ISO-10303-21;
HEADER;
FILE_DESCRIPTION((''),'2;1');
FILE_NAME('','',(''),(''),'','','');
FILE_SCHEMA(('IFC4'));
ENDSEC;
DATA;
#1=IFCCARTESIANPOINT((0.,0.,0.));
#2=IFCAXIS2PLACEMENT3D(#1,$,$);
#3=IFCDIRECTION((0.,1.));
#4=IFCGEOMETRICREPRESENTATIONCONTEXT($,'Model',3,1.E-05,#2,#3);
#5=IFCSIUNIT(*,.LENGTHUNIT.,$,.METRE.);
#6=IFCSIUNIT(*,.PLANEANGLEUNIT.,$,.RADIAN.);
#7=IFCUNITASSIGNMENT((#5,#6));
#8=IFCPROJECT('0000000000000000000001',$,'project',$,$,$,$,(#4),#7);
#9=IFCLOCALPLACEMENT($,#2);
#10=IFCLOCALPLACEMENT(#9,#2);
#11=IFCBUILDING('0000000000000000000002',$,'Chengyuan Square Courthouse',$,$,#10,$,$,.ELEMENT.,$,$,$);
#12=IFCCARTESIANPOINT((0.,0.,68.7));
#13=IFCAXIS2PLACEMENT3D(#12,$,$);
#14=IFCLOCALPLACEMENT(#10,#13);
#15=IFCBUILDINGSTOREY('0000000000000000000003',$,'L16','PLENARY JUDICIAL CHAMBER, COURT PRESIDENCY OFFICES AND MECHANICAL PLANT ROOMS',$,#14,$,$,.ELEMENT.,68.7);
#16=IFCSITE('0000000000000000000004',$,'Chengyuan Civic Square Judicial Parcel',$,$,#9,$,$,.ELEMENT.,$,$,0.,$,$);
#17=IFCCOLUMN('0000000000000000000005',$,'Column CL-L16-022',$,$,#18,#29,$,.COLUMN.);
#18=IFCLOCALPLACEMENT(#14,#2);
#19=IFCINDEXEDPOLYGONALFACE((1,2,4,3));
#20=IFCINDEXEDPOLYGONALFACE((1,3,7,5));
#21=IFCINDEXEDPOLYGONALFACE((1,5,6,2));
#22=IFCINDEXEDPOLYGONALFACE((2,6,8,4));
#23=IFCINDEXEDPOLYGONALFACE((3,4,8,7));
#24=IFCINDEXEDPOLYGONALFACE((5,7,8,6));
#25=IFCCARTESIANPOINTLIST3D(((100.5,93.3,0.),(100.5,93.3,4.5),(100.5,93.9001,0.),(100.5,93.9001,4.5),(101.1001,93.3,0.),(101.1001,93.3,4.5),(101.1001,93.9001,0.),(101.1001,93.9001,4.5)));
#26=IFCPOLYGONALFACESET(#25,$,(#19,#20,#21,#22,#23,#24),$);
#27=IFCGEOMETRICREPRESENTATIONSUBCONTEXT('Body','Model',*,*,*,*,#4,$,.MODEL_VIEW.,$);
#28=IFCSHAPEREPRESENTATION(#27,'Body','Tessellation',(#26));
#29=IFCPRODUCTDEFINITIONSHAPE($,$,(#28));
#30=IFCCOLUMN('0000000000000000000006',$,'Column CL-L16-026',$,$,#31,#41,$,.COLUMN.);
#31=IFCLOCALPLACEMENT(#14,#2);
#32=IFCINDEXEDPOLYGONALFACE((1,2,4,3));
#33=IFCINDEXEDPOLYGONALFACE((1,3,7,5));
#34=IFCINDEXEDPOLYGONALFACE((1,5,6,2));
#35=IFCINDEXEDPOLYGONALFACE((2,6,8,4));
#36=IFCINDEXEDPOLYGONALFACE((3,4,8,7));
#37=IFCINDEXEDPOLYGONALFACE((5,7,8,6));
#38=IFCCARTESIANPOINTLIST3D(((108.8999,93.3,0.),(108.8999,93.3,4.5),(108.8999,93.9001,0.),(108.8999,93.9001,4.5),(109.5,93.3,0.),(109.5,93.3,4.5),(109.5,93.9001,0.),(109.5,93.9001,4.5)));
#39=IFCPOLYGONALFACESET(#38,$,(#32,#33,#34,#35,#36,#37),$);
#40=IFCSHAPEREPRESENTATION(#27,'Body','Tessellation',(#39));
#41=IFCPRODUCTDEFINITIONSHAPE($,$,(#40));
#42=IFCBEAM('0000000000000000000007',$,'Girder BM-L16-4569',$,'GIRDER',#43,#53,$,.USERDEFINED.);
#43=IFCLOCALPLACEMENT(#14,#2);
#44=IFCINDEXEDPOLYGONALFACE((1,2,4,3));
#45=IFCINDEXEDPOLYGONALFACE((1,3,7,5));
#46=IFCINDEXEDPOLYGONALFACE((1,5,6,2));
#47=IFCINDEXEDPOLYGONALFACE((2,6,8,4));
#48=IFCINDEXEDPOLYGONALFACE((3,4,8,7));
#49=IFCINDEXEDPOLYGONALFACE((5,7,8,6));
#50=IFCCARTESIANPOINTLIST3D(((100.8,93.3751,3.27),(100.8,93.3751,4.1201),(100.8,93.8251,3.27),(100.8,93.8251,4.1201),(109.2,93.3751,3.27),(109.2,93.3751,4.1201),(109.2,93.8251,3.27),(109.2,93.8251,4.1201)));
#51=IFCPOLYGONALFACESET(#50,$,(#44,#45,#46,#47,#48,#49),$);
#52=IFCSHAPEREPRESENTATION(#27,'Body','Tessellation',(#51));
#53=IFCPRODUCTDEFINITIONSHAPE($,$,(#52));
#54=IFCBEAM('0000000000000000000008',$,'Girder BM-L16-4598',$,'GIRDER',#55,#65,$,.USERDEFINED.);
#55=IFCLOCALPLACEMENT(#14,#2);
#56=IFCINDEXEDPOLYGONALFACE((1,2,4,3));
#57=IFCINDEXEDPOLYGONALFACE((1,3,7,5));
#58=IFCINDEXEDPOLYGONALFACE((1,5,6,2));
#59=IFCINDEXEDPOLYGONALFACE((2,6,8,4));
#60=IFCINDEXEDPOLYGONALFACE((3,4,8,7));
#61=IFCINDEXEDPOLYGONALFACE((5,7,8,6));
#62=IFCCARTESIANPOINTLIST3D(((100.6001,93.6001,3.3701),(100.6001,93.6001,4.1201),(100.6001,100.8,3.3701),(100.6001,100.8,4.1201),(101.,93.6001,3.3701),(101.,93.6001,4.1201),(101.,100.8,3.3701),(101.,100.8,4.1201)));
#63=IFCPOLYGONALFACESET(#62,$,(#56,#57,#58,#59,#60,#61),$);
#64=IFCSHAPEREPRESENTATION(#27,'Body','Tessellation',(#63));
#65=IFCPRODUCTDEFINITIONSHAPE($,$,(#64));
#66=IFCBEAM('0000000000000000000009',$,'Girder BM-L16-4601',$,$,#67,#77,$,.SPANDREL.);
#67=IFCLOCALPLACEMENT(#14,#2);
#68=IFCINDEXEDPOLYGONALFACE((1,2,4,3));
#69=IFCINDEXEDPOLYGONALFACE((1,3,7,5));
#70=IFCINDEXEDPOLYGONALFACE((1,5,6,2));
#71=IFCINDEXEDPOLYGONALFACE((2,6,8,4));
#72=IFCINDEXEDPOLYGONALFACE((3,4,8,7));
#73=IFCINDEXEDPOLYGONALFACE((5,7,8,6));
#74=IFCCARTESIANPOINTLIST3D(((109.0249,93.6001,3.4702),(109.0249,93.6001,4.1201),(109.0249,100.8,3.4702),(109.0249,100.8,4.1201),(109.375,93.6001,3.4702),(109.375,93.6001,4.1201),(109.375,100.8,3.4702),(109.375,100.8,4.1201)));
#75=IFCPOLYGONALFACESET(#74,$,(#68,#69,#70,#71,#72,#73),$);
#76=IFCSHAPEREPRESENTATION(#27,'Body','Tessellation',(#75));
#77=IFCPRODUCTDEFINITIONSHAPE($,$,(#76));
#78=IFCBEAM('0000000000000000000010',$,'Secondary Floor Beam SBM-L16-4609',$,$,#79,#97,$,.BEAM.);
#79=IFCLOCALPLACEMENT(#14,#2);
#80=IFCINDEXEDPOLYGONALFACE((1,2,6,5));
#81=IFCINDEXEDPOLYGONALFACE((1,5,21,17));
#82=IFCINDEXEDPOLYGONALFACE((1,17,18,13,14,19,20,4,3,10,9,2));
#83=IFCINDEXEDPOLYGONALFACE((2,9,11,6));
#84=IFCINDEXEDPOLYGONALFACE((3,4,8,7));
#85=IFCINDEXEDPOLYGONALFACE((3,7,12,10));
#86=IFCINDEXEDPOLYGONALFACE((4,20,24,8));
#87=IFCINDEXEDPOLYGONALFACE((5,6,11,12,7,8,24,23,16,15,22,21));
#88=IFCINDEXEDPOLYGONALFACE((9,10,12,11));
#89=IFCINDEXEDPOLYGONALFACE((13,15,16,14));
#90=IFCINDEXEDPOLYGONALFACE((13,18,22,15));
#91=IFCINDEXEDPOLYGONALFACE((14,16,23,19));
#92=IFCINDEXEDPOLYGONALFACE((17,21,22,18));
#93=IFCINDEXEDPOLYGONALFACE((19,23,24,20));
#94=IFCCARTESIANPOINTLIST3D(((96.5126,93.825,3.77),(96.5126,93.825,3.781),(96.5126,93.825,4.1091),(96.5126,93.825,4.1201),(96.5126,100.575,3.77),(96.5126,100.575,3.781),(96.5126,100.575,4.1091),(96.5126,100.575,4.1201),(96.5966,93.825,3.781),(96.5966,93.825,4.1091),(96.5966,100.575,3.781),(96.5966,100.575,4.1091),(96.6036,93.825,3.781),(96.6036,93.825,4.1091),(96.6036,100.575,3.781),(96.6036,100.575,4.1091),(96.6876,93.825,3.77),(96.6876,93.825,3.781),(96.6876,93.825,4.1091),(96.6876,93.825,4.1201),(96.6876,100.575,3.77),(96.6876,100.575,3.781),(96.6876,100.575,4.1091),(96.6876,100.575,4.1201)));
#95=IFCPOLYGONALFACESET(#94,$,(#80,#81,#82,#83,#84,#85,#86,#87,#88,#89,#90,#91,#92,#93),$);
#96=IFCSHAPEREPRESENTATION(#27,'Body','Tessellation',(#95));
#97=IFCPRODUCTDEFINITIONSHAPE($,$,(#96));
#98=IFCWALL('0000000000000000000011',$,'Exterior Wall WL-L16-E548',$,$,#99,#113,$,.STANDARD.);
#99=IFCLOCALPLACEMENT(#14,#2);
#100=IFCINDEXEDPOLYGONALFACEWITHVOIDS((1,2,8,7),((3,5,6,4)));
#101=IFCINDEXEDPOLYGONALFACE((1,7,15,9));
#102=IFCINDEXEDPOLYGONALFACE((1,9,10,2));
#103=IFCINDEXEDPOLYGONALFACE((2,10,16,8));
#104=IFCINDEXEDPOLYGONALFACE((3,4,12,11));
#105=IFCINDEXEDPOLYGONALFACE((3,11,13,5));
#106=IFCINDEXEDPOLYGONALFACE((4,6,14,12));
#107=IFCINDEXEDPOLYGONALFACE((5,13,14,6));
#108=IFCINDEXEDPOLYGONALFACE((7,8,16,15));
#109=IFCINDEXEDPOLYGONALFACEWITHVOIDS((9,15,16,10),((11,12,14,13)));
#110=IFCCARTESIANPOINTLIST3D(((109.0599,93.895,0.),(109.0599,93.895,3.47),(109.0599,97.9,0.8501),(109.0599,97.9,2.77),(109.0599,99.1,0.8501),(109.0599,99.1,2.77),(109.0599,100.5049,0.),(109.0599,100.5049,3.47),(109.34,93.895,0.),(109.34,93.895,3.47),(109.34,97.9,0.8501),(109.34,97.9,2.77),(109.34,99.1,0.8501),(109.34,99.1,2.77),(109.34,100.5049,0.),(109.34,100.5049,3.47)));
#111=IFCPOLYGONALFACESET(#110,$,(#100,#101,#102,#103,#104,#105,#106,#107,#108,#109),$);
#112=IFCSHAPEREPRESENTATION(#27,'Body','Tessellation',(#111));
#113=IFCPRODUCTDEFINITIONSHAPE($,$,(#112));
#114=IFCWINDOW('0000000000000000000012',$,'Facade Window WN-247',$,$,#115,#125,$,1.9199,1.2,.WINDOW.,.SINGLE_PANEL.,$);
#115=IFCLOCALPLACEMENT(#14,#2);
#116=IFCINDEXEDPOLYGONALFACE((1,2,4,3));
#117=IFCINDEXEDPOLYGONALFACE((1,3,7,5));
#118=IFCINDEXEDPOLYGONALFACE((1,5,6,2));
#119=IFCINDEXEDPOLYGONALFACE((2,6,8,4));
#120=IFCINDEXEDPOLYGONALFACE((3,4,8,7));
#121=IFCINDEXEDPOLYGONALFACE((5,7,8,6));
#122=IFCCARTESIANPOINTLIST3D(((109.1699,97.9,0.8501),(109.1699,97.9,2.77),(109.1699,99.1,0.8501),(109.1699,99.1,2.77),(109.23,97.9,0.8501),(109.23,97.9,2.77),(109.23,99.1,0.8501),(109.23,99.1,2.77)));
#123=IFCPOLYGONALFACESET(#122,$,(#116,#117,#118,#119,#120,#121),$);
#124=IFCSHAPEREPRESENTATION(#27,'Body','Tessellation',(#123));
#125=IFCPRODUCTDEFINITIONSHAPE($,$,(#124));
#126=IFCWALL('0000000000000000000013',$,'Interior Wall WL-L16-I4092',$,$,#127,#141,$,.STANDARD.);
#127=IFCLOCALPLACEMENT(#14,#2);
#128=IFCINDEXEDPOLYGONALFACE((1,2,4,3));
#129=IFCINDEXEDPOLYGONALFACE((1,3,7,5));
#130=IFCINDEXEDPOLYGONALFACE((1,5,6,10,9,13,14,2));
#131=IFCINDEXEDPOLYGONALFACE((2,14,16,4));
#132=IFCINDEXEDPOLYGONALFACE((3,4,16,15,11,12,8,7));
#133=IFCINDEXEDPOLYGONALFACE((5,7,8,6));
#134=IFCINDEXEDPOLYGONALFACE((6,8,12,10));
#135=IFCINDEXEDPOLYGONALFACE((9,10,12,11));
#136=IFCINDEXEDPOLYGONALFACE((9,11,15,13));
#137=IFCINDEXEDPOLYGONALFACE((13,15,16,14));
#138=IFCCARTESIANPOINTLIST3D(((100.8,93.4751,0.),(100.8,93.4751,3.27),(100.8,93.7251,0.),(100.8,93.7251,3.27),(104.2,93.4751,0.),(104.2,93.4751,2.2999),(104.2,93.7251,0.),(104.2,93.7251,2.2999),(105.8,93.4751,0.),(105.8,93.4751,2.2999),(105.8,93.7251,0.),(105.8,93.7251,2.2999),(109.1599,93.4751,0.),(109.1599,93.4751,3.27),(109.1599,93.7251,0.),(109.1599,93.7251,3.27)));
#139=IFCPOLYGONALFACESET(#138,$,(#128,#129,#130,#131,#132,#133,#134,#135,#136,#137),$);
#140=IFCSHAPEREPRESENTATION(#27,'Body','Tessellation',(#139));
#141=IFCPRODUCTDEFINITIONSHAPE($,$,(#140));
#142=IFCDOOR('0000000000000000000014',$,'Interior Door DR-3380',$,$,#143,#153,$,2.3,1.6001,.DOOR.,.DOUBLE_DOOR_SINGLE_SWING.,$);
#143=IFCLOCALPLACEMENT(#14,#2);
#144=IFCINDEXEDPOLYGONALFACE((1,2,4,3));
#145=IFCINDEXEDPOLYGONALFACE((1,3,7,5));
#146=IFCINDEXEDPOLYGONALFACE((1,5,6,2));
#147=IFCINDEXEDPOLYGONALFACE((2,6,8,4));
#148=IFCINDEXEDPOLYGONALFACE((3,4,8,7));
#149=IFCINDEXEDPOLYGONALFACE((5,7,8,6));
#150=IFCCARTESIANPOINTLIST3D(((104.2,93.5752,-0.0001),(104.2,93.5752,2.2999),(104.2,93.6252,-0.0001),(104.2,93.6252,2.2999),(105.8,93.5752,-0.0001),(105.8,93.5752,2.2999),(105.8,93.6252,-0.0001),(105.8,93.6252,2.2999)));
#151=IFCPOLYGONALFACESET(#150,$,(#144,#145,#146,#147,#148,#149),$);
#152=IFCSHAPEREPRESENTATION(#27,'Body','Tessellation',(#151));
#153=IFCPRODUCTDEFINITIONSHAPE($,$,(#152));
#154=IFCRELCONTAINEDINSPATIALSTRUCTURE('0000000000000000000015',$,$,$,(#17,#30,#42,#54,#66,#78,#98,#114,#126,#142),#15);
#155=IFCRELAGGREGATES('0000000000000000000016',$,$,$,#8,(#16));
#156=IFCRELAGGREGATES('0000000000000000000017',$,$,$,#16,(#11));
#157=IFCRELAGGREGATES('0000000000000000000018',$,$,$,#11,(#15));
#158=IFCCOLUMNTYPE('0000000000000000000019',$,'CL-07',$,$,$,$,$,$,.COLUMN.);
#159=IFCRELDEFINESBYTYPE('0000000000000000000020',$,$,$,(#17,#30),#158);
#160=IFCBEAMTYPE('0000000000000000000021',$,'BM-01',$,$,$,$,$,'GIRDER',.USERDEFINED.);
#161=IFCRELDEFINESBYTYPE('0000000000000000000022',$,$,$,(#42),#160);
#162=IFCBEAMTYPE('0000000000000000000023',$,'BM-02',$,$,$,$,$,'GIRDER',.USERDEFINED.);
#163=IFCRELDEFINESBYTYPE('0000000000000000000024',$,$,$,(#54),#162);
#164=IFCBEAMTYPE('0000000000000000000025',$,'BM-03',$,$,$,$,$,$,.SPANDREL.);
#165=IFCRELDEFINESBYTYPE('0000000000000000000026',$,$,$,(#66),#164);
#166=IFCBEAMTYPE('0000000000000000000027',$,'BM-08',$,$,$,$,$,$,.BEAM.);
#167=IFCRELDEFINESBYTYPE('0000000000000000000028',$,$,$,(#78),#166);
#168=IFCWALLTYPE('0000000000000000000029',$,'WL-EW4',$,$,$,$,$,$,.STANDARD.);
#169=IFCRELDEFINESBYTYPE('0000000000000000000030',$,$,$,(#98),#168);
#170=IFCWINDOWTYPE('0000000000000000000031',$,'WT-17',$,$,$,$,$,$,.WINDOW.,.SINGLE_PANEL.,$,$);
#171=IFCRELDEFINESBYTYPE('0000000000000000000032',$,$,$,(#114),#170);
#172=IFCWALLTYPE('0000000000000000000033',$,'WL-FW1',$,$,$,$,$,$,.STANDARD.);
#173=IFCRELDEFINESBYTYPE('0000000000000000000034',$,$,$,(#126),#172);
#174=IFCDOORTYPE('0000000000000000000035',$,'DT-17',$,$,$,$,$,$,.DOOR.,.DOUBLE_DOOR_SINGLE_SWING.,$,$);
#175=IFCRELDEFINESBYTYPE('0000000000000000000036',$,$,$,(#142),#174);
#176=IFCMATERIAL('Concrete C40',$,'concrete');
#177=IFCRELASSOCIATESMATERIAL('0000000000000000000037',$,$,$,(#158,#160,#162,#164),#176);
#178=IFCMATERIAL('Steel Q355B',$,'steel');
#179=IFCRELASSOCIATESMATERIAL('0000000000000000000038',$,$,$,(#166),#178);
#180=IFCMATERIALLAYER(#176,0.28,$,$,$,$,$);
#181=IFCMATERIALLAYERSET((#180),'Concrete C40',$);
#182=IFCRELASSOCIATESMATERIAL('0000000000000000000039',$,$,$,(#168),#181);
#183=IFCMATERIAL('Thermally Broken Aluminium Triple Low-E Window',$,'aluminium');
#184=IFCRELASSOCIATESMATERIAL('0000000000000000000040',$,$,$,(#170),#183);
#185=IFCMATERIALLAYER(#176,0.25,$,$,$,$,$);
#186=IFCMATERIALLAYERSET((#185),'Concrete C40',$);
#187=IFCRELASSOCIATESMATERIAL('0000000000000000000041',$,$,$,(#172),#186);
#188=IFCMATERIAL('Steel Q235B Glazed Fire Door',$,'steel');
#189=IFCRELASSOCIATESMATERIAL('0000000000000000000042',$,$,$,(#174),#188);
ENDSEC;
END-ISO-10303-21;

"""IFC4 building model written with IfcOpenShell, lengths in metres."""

from ifc_helpers import new_model, si_unit, direction, frame, frame_2d, origin, origin_2d, place, context, subcontext, project, spatial, rectangle, i_section, extrude, material, layer, layer_set, material_profile, profile_set, type_object, element, fill, save


model = new_model("IFC4")

# Units and contexts
model_context = context("Model", 3, precision=1e-05, world=origin(), true_north=direction((0.0, 1.0)))
body_context = subcontext(model_context, "Body", "Model", "MODEL_VIEW")
ifc_project = project(units=[si_unit("LENGTHUNIT", "METRE"), si_unit("PLANEANGLEUNIT", "RADIAN")], contexts=[model_context])

# Site, building, storey
site_placement = place(None, origin())
site = spatial("IfcSite", under=ifc_project, at=site_placement, Name="Chengyuan Civic Square Judicial Parcel", CompositionType="ELEMENT", RefElevation=0.0)
building_placement = place(site_placement, origin())
building = spatial("IfcBuilding", under=site, at=building_placement, Name="Chengyuan Square Courthouse", CompositionType="ELEMENT")
storey_placement = place(building_placement, frame((0.0, 0.0, 68.7)))
storey = spatial("IfcBuildingStorey", under=building, at=storey_placement, Name="L16", Description="PLENARY JUDICIAL CHAMBER, COURT PRESIDENCY OFFICES AND MECHANICAL PLANT ROOMS", CompositionType="ELEMENT", Elevation=68.7)

# Columns
ifc_material_1 = material(Name="Concrete C40", Category="concrete")
ifc_material_profile_1 = material_profile(ifc_material_1, rectangle(XDim=0.6001, YDim=0.6001, at=origin_2d()), Name="RC-COL-600x600")
ifc_profile_set_1 = profile_set([ifc_material_profile_1], Name="Concrete C40")
column_type = type_object("IfcColumnType", Name="CL-07", PredefinedType="COLUMN", material=ifc_profile_set_1)
for number, where, z_axis, x_axis, name in (
    (1, (100.8, 93.6001, 0.0), (0.0, 0.0, 1.0), (1.0, 0.0, 0.0), "Column CL-L16-022"),
    (2, (109.2, 93.6001, 0.0), (0.0, 0.0, 1.0), (1.0, 0.0, 0.0), "Column CL-L16-026"),
):
    element("IfcColumn", number, at=place(storey_placement, frame(where, z_axis=z_axis, x_axis=x_axis)), inside=storey, type_object=column_type, Name=name, PredefinedType="COLUMN", context=body_context, shape_type="SweptSolid", body=[
        extrude(rectangle(XDim=0.6001, YDim=0.6001, at=origin_2d()), origin(), (0.0, 0.0, 1.0), 4.5),
    ])

# Beams
ifc_material_profile_2 = material_profile(ifc_material_1, rectangle(XDim=0.45, YDim=0.8501, at=origin_2d()), Name="RC-BM-450x850")
ifc_profile_set_2 = profile_set([ifc_material_profile_2], Name="Concrete C40")
beam_type_1 = type_object("IfcBeamType", Name="BM-01", ElementType="GIRDER", PredefinedType="USERDEFINED", material=ifc_profile_set_2)
beam_1_placement = place(storey_placement, frame((100.8, 93.6001, 3.6951), z_axis=(1.0, 0.0, 0.0), x_axis=(0.0, 1.0, 0.0)))
element("IfcBeam", 3, at=beam_1_placement, inside=storey, type_object=beam_type_1, Name="Girder BM-L16-4569", ObjectType="GIRDER", PredefinedType="USERDEFINED", context=body_context, shape_type="SweptSolid", body=[
    extrude(rectangle(XDim=0.45, YDim=0.8501, at=origin_2d()), origin(), (0.0, 0.0, 1.0), 8.3999),
])
ifc_material_profile_3 = material_profile(ifc_material_1, rectangle(XDim=0.3999, YDim=0.75, at=origin_2d()), Name="RC-BM-400x750")
ifc_profile_set_3 = profile_set([ifc_material_profile_3], Name="Concrete C40")
beam_type_2 = type_object("IfcBeamType", Name="BM-02", ElementType="GIRDER", PredefinedType="USERDEFINED", material=ifc_profile_set_3)
beam_2_placement = place(storey_placement, frame((100.8, 93.6001, 3.7451), z_axis=(0.0, 1.0, 0.0), x_axis=(-1.0, 0.0, 0.0)))
element("IfcBeam", 4, at=beam_2_placement, inside=storey, type_object=beam_type_2, Name="Girder BM-L16-4598", ObjectType="GIRDER", PredefinedType="USERDEFINED", context=body_context, shape_type="SweptSolid", body=[
    extrude(rectangle(XDim=0.3999, YDim=0.75, at=origin_2d()), origin(), (0.0, 0.0, 1.0), 7.2),
])
ifc_material_profile_4 = material_profile(ifc_material_1, rectangle(XDim=0.3501, YDim=0.6499, at=origin_2d()), Name="RC-BM-350x650")
ifc_profile_set_4 = profile_set([ifc_material_profile_4], Name="Concrete C40")
beam_type_3 = type_object("IfcBeamType", Name="BM-03", PredefinedType="SPANDREL", material=ifc_profile_set_4)
beam_3_placement = place(storey_placement, frame((109.2, 93.6001, 3.7952), z_axis=(0.0, 1.0, 0.0), x_axis=(-1.0, 0.0, 0.0)))
element("IfcBeam", 5, at=beam_3_placement, inside=storey, type_object=beam_type_3, Name="Girder BM-L16-4601", PredefinedType="SPANDREL", context=body_context, shape_type="SweptSolid", body=[
    extrude(rectangle(XDim=0.3501, YDim=0.6499, at=origin_2d()), origin(), (0.0, 0.0, 1.0), 7.2),
])
ifc_material_2 = material(Name="Steel Q355B", Category="steel")
ifc_material_profile_5 = material_profile(ifc_material_2, i_section(OverallWidth=0.175, OverallDepth=0.3501, WebThickness=0.0071, FlangeThickness=0.011, at=origin_2d()), Name="HN 350x175x7x11")
ifc_profile_set_5 = profile_set([ifc_material_profile_5], Name="Steel Q355B")
beam_type_4 = type_object("IfcBeamType", Name="BM-08", PredefinedType="BEAM", material=ifc_profile_set_5)
beam_4_placement = place(storey_placement, frame((96.6001, 93.825, 3.9451), z_axis=(0.0, 1.0, 0.0), x_axis=(-1.0, 0.0, 0.0)))
element("IfcBeam", 6, at=beam_4_placement, inside=storey, type_object=beam_type_4, Name="Secondary Floor Beam SBM-L16-4609", PredefinedType="BEAM", context=body_context, shape_type="SweptSolid", body=[
    extrude(i_section(OverallWidth=0.175, OverallDepth=0.3501, WebThickness=0.0071, FlangeThickness=0.011, at=origin_2d()), origin(), (0.0, 0.0, 1.0), 6.75),
])

# Wall, opening, window
ifc_layer_1 = layer(ifc_material_1, 0.28)
ifc_layer_set_1 = layer_set([ifc_layer_1], Name="Concrete C40")
wall_type_1 = type_object("IfcWallType", Name="WL-EW4", PredefinedType="STANDARD", material=ifc_layer_set_1)
wall_1_placement = place(storey_placement, frame((109.2, 93.895, 0.0), z_axis=(0.0, 0.0, 1.0), x_axis=(0.0, 1.0, 0.0)))
wall_1 = element("IfcWall", 7, at=wall_1_placement, inside=storey, type_object=wall_type_1, Name="Exterior Wall WL-L16-E548", PredefinedType="STANDARD", context=body_context, shape_type="SweptSolid", body=[
    extrude(rectangle(XDim=6.6099, YDim=0.28, at=frame_2d((3.3049, 0.0))), origin(), (0.0, 0.0, 1.0), 3.47),
])
opening_1_placement = place(wall_1_placement, frame((4.0049, 0.0, 0.8501)))
opening_1 = element("IfcOpeningElement", 8, at=opening_1_placement, cuts=wall_1, PredefinedType="OPENING", context=body_context, shape_type="SweptSolid", body=[
    extrude(rectangle(XDim=1.2, YDim=1.9199, at=frame_2d((0.6001, 0.96))), frame((0.0, 0.1521, 0.0), z_axis=(0.0, -1.0, 0.0), x_axis=(1.0, 0.0, 0.0)), (0.0, 0.0, 1.0), 0.304),
])
ifc_material_3 = material(Name="Thermally Broken Aluminium Triple Low-E Window", Category="aluminium")
window_type = type_object("IfcWindowType", Name="WT-17", PartitioningType="SINGLE_PANEL", PredefinedType="WINDOW", material=ifc_material_3)
window_placement = place(opening_1_placement, origin())
window = element("IfcWindow", 9, at=window_placement, inside=storey, type_object=window_type, Name="Facade Window WN-247", OverallHeight=1.9199, OverallWidth=1.2, PartitioningType="SINGLE_PANEL", PredefinedType="WINDOW", context=body_context, shape_type="SweptSolid", body=[
    extrude(rectangle(XDim=1.2, YDim=1.9199, at=frame_2d((0.6001, 0.96))), frame((0.0, 0.03, 0.0), z_axis=(0.0, -1.0, 0.0), x_axis=(1.0, 0.0, 0.0)), (0.0, 0.0, 1.0), 0.0601),
])
fill(opening_1, window)

# Wall, opening, door
ifc_layer_2 = layer(ifc_material_1, 0.25)
ifc_layer_set_2 = layer_set([ifc_layer_2], Name="Concrete C40")
wall_type_2 = type_object("IfcWallType", Name="WL-FW1", PredefinedType="STANDARD", material=ifc_layer_set_2)
wall_2_placement = place(storey_placement, frame((100.8, 93.6001, 0.0), z_axis=(0.0, 0.0, 1.0), x_axis=(1.0, 0.0, 0.0)))
wall_2 = element("IfcWall", 10, at=wall_2_placement, inside=storey, type_object=wall_type_2, Name="Interior Wall WL-L16-I4092", PredefinedType="STANDARD", context=body_context, shape_type="SweptSolid", body=[
    extrude(rectangle(XDim=8.3599, YDim=0.25, at=frame_2d((4.1799, 0.0))), origin(), (0.0, 0.0, 1.0), 3.27),
])
opening_2_placement = place(wall_2_placement, frame((3.3999, 0.0, 0.0)))
opening_2 = element("IfcOpeningElement", 11, at=opening_2_placement, cuts=wall_2, PredefinedType="OPENING", context=body_context, shape_type="SweptSolid", body=[
    extrude(rectangle(XDim=1.6001, YDim=2.3, at=frame_2d((0.8, 1.1499))), frame((0.0, 0.137, 0.0), z_axis=(0.0, -1.0, 0.0), x_axis=(1.0, 0.0, 0.0)), (0.0, 0.0, 1.0), 0.2739),
])
ifc_material_4 = material(Name="Steel Q235B Glazed Fire Door", Category="steel")
door_type_1 = type_object("IfcDoorType", Name="DT-17", OperationType="DOUBLE_DOOR_SINGLE_SWING", PredefinedType="DOOR", material=ifc_material_4)
door_1_placement = place(opening_2_placement, frame((1.6001, 0.0, 0.0), z_axis=(0.0, 0.0, 1.0), x_axis=(-1.0, 0.0, 0.0)))
door_1 = element("IfcDoor", 12, at=door_1_placement, inside=storey, type_object=door_type_1, Name="Interior Door DR-3380", OperationType="DOUBLE_DOOR_SINGLE_SWING", OverallHeight=2.3, OverallWidth=1.6001, PredefinedType="DOOR", context=body_context, shape_type="SweptSolid", body=[
    extrude(rectangle(XDim=1.6001, YDim=2.3, at=frame_2d((0.8, 1.1499))), frame((0.0, 0.0249, 0.0), z_axis=(0.0, -1.0, 0.0), x_axis=(1.0, 0.0, 0.0)), (0.0, 0.0, 1.0), 0.05),
])
fill(opening_2, door_1)

save(model, "model.ifc")
